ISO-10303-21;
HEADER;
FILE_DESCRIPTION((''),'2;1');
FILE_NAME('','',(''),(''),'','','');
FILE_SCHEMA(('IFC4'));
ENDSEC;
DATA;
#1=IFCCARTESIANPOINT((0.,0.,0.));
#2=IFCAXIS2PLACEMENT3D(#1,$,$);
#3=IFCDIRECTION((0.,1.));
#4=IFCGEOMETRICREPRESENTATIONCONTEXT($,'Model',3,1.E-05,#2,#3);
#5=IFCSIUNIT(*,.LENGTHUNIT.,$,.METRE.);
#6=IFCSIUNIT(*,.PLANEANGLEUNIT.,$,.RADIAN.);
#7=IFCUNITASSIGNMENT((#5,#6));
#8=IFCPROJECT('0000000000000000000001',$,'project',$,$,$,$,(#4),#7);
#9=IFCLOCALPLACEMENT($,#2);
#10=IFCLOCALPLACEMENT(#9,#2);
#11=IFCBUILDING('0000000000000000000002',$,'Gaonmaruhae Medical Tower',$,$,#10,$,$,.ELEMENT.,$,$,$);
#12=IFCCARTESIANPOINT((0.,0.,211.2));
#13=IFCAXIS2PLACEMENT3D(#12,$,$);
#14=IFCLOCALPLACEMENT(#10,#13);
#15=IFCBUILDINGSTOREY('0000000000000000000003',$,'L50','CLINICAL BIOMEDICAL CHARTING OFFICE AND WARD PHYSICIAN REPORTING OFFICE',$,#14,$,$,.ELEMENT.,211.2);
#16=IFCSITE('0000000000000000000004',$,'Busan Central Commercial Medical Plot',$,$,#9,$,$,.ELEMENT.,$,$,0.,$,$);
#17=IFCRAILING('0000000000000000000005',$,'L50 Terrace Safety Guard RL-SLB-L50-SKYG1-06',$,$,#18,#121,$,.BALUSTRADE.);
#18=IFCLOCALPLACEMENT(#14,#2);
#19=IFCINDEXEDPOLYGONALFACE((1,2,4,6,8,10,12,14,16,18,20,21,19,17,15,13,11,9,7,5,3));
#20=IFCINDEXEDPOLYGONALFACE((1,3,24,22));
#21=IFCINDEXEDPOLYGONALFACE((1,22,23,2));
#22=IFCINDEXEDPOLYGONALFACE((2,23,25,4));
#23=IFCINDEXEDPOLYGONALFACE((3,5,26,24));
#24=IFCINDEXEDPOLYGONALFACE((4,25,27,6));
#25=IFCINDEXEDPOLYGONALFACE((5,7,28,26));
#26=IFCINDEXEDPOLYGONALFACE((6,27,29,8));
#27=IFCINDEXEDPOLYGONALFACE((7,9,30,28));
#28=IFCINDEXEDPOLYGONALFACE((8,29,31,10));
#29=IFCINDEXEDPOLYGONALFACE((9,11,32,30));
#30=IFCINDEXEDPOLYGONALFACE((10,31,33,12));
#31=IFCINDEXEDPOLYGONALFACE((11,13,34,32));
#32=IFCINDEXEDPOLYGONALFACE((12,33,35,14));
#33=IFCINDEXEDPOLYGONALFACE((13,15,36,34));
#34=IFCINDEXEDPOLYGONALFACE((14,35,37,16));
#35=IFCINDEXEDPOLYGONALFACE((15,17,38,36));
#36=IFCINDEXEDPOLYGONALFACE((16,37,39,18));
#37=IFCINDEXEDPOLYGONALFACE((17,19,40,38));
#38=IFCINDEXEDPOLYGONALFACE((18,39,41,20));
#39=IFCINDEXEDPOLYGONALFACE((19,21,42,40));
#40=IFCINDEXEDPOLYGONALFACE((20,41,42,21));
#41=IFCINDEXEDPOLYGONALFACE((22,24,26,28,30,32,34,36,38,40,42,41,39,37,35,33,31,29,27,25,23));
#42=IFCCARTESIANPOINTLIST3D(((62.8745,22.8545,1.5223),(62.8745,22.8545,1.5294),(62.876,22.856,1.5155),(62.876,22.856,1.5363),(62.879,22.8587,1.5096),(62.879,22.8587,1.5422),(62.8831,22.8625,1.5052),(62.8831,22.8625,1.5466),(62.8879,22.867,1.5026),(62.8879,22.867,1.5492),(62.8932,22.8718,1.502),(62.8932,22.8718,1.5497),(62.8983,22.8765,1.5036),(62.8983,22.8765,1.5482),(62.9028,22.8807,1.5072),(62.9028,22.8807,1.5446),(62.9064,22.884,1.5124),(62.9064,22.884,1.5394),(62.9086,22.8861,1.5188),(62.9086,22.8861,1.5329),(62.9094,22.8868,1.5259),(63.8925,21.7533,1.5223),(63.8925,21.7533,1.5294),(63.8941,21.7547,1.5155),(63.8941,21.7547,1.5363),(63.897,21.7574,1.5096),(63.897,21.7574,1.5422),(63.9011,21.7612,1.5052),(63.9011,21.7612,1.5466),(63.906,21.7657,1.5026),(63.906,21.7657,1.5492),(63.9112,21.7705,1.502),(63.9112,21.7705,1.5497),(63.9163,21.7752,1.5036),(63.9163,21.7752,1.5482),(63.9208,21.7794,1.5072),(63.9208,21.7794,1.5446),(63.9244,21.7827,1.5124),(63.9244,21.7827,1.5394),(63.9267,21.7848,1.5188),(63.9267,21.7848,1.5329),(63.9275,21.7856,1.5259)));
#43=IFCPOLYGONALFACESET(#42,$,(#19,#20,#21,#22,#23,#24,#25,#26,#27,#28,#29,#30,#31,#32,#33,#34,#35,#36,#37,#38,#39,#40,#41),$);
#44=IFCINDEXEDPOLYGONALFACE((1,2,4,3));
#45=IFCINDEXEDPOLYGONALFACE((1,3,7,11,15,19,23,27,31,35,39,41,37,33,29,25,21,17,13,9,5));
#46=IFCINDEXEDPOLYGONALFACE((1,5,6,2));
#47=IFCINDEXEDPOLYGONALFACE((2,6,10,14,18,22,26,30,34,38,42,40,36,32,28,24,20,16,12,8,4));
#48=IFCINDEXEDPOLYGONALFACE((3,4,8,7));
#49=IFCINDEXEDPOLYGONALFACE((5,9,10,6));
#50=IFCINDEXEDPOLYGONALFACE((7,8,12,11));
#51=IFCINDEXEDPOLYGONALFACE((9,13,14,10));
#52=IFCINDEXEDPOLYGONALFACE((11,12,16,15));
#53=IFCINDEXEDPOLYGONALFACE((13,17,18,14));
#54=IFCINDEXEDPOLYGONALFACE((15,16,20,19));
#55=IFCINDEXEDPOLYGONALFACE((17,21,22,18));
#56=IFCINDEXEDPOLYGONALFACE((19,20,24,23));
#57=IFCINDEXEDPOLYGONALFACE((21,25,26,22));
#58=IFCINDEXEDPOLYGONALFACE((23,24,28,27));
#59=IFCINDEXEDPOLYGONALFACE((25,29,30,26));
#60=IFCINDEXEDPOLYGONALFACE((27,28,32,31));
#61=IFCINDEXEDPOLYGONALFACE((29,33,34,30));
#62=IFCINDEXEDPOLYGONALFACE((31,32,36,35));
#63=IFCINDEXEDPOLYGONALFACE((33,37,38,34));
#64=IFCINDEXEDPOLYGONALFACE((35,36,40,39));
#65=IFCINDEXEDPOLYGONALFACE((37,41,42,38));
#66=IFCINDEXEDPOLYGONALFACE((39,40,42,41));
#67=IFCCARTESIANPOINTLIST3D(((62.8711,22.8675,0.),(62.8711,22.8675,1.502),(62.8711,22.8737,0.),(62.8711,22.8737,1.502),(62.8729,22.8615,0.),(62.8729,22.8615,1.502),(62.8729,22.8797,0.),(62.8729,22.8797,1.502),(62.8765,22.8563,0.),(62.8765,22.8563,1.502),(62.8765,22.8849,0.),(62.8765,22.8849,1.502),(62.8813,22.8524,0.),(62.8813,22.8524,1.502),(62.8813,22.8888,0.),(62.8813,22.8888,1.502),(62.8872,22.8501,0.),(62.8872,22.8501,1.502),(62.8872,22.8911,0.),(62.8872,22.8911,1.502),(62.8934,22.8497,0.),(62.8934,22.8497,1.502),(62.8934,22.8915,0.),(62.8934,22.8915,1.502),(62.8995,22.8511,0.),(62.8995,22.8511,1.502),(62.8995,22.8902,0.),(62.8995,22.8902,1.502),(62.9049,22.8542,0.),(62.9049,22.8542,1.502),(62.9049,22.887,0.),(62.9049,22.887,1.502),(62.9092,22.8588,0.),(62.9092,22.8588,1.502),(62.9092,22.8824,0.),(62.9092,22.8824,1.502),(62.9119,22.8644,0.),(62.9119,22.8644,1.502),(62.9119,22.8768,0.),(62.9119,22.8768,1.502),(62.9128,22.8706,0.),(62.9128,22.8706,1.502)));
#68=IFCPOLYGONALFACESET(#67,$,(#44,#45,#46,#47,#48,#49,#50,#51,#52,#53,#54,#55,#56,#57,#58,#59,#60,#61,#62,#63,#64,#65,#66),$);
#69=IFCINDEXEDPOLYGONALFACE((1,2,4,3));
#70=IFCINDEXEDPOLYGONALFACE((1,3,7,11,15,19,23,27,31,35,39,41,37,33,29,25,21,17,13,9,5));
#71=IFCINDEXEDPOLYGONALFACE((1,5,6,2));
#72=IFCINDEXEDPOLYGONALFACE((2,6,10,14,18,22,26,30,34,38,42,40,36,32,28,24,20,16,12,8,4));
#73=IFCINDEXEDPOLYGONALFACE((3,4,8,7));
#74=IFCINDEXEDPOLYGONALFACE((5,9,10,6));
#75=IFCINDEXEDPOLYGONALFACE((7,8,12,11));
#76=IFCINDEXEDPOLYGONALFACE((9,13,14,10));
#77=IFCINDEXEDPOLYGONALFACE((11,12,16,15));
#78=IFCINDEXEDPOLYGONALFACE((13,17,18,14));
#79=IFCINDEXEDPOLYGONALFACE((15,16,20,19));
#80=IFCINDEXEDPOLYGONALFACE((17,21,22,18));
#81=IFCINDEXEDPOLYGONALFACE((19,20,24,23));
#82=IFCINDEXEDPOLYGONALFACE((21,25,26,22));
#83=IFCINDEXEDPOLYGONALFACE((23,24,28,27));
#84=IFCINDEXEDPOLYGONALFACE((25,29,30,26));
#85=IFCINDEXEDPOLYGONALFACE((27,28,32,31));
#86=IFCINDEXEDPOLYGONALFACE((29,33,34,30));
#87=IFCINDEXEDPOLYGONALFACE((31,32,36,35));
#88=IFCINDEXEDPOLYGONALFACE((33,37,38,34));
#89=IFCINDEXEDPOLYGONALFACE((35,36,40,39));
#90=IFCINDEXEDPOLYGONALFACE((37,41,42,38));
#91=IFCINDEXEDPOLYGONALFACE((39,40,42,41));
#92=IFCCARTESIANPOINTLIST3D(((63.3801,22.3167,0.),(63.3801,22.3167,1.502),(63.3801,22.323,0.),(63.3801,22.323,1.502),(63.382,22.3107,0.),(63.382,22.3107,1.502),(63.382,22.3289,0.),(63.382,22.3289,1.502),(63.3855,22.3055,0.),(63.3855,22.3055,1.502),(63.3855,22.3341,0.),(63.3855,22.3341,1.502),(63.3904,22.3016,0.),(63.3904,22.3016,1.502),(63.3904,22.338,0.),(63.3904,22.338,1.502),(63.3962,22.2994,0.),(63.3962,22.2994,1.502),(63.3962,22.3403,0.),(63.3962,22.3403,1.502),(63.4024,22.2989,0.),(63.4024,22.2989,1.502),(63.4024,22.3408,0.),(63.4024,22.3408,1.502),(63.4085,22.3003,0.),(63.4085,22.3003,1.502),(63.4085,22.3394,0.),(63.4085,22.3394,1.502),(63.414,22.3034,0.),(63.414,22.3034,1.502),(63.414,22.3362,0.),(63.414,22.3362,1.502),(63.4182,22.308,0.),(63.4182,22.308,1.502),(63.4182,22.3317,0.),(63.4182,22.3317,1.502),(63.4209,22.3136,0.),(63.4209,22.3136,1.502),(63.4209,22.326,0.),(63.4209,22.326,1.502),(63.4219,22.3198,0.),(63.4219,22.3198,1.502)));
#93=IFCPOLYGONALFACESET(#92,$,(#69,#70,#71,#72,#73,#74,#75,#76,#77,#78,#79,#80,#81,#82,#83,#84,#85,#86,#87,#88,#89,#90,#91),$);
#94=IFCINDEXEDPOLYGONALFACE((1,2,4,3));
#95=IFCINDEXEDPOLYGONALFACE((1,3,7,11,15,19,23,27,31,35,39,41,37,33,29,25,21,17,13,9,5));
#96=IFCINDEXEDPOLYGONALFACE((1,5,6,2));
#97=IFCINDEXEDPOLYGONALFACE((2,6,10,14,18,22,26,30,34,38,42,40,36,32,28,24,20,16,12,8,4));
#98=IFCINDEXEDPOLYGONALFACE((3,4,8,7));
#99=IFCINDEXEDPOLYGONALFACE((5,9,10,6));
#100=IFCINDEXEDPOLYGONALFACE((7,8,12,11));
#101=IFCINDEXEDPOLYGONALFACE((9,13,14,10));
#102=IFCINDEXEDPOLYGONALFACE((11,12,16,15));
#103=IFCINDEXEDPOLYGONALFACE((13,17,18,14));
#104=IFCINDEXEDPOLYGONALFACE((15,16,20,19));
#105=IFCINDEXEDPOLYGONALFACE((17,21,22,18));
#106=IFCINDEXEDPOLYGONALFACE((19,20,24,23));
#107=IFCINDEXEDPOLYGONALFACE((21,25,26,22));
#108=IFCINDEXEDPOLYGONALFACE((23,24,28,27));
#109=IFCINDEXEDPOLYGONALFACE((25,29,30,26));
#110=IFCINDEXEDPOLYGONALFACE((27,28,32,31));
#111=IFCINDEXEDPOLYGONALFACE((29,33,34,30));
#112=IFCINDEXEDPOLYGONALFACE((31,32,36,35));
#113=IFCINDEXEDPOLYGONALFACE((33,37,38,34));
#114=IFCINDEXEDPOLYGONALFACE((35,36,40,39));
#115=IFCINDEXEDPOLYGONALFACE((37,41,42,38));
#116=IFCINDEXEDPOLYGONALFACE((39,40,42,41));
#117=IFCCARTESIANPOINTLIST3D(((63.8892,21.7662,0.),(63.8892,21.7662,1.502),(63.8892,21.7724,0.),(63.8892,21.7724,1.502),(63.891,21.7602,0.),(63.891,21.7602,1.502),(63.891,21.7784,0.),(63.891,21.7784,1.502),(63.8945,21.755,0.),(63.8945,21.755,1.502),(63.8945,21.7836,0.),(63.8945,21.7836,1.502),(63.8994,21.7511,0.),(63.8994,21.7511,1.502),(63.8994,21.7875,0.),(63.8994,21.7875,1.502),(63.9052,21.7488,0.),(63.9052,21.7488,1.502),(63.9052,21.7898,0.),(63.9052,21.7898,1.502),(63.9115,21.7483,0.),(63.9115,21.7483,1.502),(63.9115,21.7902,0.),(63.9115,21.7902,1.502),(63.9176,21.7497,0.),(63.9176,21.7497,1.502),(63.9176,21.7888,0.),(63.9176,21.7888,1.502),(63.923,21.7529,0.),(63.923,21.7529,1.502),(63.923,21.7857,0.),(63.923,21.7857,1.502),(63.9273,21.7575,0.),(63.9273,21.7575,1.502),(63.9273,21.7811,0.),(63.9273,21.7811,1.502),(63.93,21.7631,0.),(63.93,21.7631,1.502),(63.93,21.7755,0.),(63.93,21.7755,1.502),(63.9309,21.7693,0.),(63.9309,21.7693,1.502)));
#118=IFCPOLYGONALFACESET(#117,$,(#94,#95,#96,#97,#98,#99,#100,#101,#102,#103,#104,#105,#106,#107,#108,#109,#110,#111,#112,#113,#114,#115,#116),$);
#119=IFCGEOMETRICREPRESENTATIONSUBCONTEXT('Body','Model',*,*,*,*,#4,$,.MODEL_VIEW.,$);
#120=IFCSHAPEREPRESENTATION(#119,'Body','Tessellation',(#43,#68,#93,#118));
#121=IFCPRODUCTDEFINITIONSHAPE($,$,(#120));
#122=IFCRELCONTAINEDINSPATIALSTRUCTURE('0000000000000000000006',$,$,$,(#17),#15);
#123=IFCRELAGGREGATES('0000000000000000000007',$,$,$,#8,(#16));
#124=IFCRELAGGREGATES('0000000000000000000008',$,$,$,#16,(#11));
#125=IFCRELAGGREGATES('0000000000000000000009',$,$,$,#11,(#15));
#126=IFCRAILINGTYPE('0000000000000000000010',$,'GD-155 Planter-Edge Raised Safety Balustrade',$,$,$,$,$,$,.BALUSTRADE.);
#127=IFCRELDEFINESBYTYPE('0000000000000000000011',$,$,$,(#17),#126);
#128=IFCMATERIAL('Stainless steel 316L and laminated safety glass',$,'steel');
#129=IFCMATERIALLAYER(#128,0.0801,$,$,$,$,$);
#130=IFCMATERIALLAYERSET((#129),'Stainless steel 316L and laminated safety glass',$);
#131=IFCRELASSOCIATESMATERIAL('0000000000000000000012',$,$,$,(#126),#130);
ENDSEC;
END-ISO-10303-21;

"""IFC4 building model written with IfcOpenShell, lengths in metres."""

from ifc_helpers import new_model, si_unit, direction, frame, origin, origin_2d, place, context, subcontext, project, spatial, circle, extrude, material, layer, layer_set, type_object, element, save


model = new_model("IFC4")

# Units and contexts
model_context = context("Model", 3, precision=1e-05, world=origin(), true_north=direction((0.0, 1.0)))
body_context = subcontext(model_context, "Body", "Model", "MODEL_VIEW")
ifc_project = project(units=[si_unit("LENGTHUNIT", "METRE"), si_unit("PLANEANGLEUNIT", "RADIAN")], contexts=[model_context])

# Site, building, storey
site_placement = place(None, origin())
site = spatial("IfcSite", under=ifc_project, at=site_placement, Name="Busan Central Commercial Medical Plot", CompositionType="ELEMENT", RefElevation=0.0)
building_placement = place(site_placement, origin())
building = spatial("IfcBuilding", under=site, at=building_placement, Name="Gaonmaruhae Medical Tower", CompositionType="ELEMENT")
storey_placement = place(building_placement, frame((0.0, 0.0, 211.2)))
storey = spatial("IfcBuildingStorey", under=building, at=storey_placement, Name="L50", Description="CLINICAL BIOMEDICAL CHARTING OFFICE AND WARD PHYSICIAN REPORTING OFFICE", CompositionType="ELEMENT", Elevation=211.2)

# Railing
ifc_material_1 = material(Name="Stainless steel 316L and laminated safety glass", Category="steel")
ifc_layer_1 = layer(ifc_material_1, 0.0801)
ifc_layer_set_1 = layer_set([ifc_layer_1], Name="Stainless steel 316L and laminated safety glass")
railing_type = type_object("IfcRailingType", Name="GD-155 Planter-Edge Raised Safety Balustrade", PredefinedType="BALUSTRADE", material=ifc_layer_set_1)
railing_1_placement = place(storey_placement, frame((62.8918, 22.8706, 0.0)))
element("IfcRailing", 1, at=railing_1_placement, inside=storey, type_object=railing_type, Name="L50 Terrace Safety Guard RL-SLB-L50-SKYG1-06", PredefinedType="BALUSTRADE", context=body_context, shape_type="SweptSolid", body=[
    extrude(circle(Radius=0.0239, at=origin_2d()), frame((0.0, 0.0, 1.5259), z_axis=(0.678807, -0.734316, 0.0), x_axis=(0.734316, 0.678807, 0.0)), (0.0, 0.0, 1.0), 1.4998),
    extrude(circle(Radius=0.021, at=origin_2d()), origin(), (0.0, 0.0, 1.0), 1.502),
    extrude(circle(Radius=0.021, at=origin_2d()), frame((0.509, -0.5508, 0.0)), (0.0, 0.0, 1.0), 1.502),
    extrude(circle(Radius=0.021, at=origin_2d()), frame((1.0181, -1.1013, 0.0)), (0.0, 0.0, 1.0), 1.502),
])

save(model, "model.ifc")
